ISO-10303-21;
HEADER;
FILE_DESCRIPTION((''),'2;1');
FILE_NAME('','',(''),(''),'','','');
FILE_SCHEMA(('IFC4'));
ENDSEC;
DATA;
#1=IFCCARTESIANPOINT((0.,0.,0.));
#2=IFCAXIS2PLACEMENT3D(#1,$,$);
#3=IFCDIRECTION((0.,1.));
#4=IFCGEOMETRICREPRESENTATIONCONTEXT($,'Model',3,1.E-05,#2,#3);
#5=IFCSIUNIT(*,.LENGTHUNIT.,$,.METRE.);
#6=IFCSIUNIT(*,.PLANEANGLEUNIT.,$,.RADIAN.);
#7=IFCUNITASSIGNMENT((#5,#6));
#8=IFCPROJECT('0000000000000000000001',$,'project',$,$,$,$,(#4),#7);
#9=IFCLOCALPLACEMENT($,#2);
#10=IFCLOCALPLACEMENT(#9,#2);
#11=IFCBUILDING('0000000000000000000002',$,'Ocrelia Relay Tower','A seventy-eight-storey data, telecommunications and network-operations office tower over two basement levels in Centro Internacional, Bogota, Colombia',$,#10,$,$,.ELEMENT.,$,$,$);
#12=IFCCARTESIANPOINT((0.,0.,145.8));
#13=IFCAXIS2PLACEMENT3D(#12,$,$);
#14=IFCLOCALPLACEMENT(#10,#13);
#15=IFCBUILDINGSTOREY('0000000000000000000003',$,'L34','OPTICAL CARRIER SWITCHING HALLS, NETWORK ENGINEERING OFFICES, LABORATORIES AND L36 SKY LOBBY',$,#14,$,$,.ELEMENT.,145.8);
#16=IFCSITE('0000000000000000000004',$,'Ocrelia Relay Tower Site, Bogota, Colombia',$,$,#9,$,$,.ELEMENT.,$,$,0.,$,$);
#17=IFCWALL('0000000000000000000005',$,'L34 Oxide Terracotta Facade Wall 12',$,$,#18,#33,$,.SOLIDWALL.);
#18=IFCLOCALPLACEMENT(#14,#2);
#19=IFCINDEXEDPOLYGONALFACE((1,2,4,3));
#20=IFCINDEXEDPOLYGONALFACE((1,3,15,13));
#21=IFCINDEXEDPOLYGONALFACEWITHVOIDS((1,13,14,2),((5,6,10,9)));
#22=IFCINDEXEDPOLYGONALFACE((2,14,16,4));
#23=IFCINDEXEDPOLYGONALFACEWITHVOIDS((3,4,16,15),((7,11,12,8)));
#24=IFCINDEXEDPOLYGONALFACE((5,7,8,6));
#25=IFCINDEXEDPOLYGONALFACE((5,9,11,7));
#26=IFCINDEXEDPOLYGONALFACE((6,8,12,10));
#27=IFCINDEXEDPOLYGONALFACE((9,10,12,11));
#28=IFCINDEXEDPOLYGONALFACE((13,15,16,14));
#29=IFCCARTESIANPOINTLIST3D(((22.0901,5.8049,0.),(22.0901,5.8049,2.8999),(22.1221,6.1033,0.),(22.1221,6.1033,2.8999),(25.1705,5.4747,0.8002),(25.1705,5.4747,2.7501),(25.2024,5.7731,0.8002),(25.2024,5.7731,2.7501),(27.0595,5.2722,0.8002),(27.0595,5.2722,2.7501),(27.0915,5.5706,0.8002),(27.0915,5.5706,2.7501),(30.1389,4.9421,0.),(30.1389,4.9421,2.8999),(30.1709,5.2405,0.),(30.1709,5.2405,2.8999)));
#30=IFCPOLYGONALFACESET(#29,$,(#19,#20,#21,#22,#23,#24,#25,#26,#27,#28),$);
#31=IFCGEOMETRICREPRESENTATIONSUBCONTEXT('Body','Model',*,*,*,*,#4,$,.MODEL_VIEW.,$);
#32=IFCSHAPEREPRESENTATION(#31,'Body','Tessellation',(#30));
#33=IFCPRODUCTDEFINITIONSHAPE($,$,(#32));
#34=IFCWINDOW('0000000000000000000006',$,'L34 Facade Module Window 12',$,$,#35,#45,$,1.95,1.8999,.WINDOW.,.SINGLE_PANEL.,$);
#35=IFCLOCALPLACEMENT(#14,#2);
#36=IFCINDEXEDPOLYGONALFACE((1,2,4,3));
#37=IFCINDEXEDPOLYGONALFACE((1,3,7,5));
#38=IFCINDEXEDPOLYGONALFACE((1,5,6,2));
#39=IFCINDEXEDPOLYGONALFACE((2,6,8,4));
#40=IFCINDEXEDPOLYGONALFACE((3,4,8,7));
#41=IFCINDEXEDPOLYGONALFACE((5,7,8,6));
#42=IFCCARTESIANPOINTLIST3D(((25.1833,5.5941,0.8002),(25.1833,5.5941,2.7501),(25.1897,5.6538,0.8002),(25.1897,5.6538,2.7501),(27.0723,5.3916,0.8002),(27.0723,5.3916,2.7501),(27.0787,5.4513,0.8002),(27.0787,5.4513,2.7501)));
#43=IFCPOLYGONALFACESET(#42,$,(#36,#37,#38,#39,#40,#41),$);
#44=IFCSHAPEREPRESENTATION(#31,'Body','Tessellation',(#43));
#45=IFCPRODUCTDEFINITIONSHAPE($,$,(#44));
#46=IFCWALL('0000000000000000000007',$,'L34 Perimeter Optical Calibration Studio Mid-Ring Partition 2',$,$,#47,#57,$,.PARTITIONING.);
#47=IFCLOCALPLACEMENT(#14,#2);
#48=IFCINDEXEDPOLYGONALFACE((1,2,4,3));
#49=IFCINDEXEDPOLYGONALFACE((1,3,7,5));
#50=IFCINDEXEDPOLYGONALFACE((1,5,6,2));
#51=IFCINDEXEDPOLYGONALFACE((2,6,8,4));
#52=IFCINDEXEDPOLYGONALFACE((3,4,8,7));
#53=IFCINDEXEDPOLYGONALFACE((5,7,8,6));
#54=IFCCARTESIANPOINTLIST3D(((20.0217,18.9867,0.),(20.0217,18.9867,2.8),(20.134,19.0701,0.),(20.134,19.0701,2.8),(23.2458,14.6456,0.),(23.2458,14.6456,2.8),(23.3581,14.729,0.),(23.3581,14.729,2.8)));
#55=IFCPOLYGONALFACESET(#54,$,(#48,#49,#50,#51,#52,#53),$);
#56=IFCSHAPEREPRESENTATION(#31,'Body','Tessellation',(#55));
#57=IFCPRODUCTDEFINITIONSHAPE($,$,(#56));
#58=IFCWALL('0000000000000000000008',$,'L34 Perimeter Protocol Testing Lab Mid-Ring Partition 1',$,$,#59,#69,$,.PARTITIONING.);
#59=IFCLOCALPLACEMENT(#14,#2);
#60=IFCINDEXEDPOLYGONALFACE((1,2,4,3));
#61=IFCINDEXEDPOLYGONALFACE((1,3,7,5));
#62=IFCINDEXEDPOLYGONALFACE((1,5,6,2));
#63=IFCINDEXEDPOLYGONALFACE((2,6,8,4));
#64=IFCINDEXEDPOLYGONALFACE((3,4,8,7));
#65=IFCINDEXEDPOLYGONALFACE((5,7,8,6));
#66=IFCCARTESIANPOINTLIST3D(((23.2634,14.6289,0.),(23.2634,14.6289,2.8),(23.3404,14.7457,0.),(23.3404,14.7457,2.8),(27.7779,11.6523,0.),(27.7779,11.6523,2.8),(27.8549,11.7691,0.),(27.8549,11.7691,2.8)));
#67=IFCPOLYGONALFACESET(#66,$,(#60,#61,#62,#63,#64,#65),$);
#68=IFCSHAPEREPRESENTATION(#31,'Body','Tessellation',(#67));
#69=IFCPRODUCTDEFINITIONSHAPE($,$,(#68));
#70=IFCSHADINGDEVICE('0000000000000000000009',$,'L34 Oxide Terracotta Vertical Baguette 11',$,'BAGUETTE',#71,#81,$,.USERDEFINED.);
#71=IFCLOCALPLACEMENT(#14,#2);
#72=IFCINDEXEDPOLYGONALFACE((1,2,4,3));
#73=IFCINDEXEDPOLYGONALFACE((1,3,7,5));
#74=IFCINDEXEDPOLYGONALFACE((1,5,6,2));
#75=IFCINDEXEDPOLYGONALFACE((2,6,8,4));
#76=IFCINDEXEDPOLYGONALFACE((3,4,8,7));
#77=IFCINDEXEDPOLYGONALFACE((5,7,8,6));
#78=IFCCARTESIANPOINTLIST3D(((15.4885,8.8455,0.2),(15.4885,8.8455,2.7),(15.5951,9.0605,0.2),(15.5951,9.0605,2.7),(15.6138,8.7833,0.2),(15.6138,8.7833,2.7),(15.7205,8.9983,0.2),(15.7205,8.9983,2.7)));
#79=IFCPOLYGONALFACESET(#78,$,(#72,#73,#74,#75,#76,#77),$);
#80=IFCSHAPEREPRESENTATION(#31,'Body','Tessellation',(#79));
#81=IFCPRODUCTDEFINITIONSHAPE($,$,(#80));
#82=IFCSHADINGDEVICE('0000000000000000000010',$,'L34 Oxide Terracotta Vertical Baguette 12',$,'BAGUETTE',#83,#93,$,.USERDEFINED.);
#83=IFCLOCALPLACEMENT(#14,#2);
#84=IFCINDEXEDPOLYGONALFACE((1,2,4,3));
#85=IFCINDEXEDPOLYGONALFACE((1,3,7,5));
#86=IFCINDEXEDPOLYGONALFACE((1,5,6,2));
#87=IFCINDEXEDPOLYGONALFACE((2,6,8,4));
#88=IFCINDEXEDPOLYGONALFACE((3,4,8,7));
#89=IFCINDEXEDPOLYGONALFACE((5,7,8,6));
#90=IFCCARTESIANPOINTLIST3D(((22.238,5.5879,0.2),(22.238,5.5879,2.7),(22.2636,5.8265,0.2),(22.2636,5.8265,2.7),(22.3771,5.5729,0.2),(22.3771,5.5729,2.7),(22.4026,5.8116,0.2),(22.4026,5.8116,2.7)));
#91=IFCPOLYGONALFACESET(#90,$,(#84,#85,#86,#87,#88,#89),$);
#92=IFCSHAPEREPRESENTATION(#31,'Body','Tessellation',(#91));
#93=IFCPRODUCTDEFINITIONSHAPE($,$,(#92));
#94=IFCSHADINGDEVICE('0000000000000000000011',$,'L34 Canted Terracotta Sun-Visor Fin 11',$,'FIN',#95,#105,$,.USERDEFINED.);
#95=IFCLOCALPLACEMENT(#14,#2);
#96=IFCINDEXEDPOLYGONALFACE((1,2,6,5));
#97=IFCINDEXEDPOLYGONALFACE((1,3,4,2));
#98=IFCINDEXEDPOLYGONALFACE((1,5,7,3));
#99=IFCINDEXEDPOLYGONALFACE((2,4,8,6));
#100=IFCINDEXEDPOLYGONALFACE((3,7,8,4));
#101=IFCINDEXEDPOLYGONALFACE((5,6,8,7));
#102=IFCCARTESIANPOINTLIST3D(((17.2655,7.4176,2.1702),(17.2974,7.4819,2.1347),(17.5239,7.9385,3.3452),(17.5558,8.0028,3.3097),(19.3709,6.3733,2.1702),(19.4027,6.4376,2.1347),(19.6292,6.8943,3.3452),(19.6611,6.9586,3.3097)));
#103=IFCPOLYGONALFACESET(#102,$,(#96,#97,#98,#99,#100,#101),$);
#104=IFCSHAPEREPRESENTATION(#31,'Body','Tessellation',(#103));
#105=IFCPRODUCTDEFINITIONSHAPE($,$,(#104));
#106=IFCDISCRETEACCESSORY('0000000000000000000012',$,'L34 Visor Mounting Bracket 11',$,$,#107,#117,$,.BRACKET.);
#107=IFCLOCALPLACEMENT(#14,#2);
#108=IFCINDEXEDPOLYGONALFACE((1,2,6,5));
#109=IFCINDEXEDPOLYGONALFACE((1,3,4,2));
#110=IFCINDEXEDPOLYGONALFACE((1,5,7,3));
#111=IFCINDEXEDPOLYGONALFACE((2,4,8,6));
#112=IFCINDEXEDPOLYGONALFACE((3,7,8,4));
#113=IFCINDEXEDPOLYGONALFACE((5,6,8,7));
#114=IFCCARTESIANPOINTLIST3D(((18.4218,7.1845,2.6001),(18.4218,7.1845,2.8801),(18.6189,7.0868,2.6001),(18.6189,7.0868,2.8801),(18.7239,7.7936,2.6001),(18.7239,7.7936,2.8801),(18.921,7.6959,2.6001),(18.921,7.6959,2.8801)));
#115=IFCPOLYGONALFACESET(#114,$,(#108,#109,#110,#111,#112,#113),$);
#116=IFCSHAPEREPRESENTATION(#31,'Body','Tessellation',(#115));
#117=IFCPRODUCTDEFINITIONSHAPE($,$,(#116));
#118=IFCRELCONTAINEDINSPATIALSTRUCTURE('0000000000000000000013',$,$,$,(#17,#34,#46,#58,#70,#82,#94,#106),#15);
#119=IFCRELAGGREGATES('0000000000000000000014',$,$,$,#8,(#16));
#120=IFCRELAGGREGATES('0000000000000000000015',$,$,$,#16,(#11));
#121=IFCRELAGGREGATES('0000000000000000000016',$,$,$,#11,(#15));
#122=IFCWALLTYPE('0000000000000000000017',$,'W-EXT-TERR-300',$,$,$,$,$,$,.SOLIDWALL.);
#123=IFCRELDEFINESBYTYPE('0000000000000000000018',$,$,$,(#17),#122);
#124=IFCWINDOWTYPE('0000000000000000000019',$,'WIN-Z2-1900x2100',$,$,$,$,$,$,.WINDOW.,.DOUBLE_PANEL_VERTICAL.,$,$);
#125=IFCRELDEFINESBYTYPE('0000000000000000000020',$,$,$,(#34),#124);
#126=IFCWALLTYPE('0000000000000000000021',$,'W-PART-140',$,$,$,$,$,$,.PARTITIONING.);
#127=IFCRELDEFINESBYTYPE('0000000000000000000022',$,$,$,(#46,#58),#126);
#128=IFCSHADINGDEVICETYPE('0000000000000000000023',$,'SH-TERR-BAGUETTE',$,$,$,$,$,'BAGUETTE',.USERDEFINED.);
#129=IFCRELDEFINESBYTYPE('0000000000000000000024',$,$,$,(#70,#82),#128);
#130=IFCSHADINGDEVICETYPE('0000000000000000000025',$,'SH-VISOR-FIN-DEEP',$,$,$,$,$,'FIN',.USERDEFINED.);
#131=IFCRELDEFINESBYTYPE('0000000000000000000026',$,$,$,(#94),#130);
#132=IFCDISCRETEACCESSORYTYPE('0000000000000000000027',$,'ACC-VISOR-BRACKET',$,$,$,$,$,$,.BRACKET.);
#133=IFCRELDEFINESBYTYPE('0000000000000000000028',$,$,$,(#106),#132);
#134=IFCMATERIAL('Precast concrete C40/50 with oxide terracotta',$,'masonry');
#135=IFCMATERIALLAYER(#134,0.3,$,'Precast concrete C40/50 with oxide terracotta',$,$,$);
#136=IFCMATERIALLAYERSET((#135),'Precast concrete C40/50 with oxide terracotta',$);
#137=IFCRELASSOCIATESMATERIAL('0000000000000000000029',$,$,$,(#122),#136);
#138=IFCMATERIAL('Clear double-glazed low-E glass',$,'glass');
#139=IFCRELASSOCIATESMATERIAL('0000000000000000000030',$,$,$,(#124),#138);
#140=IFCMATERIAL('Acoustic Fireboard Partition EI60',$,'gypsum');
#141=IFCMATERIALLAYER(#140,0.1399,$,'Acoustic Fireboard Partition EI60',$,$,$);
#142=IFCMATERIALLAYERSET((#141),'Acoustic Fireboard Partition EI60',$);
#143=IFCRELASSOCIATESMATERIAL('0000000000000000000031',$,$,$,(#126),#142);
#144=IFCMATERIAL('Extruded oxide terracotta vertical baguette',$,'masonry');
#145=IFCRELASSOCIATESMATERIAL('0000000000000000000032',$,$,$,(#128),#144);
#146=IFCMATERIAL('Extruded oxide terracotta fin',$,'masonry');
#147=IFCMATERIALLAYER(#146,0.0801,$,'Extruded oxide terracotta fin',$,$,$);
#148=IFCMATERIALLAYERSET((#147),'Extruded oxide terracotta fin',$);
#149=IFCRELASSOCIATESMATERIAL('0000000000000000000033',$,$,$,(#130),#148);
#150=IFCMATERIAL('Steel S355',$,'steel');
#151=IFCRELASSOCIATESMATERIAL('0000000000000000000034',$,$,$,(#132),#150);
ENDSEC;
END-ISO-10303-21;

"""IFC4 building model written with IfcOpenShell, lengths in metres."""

from ifc_helpers import new_model, si_unit, direction, frame, frame_2d, origin, origin_2d, place, context, subcontext, project, spatial, rectangle, extrude, material, layer, layer_set, type_object, element, fill, save


model = new_model("IFC4")

# Units and contexts
model_context = context("Model", 3, precision=1e-05, world=origin(), true_north=direction((0.0, 1.0)))
body_context = subcontext(model_context, "Body", "Model", "MODEL_VIEW")
ifc_project = project(units=[si_unit("LENGTHUNIT", "METRE"), si_unit("PLANEANGLEUNIT", "RADIAN")], contexts=[model_context])

# Site, building, storey
site_placement = place(None, origin())
site = spatial("IfcSite", under=ifc_project, at=site_placement, Name="Ocrelia Relay Tower Site, Bogota, Colombia", CompositionType="ELEMENT", RefElevation=0.0)
building_placement = place(site_placement, origin())
building = spatial("IfcBuilding", under=site, at=building_placement, Name="Ocrelia Relay Tower", Description="A seventy-eight-storey data, telecommunications and network-operations office tower over two basement levels in Centro Internacional, Bogota, Colombia", CompositionType="ELEMENT")
storey_placement = place(building_placement, frame((0.0, 0.0, 145.8)))
storey = spatial("IfcBuildingStorey", under=building, at=storey_placement, Name="L34", Description="OPTICAL CARRIER SWITCHING HALLS, NETWORK ENGINEERING OFFICES, LABORATORIES AND L36 SKY LOBBY", CompositionType="ELEMENT", Elevation=145.8)

# Shared definitions
ifc_material_1 = material(Name="Steel S355", Category="steel")

# Shared definitions
ifc_material_2 = material(Name="Clear double-glazed low-E glass", Category="glass")

# Wall, opening, window
ifc_material_3 = material(Name="Precast concrete C40/50 with oxide terracotta", Category="masonry")
ifc_layer_1 = layer(ifc_material_3, 0.3, Name="Precast concrete C40/50 with oxide terracotta")
ifc_layer_set_1 = layer_set([ifc_layer_1], Name="Precast concrete C40/50 with oxide terracotta")
wall_type_1 = type_object("IfcWallType", Name="W-EXT-TERR-300", PredefinedType="SOLIDWALL", material=ifc_layer_set_1)
window_type = type_object("IfcWindowType", Name="WIN-Z2-1900x2100", PartitioningType="DOUBLE_PANEL_VERTICAL", PredefinedType="WINDOW", material=ifc_material_2)
wall_1_placement = place(storey_placement, frame((22.1062, 5.9541, 0.0), z_axis=(0.0, 0.0, 1.0), x_axis=(0.994304, -0.106584, 0.0)))
wall_1 = element("IfcWall", 1, at=wall_1_placement, inside=storey, type_object=wall_type_1, Name="L34 Oxide Terracotta Facade Wall 12", PredefinedType="SOLIDWALL", context=body_context, shape_type="SweptSolid", body=[
    extrude(rectangle(XDim=8.095, YDim=0.3, at=frame_2d((4.0474, 0.0))), origin(), (0.0, 0.0, 1.0), 2.8999),
])
opening_1_placement = place(wall_1_placement, frame((3.0979, 0.0, 0.8)))
opening_1 = element("IfcOpeningElement", 2, at=opening_1_placement, cuts=wall_1, PredefinedType="OPENING", context=body_context, shape_type="SweptSolid", body=[
    extrude(rectangle(XDim=1.8999, YDim=1.95, at=frame_2d((0.95, 0.9751))), frame((0.0, 0.1602, 0.0), z_axis=(0.0, -1.0, 0.0), x_axis=(1.0, 0.0, 0.0)), (0.0, 0.0, 1.0), 0.3201),
])
window_1_placement = place(opening_1_placement, origin())
window_1 = element("IfcWindow", 3, at=window_1_placement, inside=storey, type_object=window_type, Name="L34 Facade Module Window 12", OverallHeight=1.95, OverallWidth=1.8999, PartitioningType="SINGLE_PANEL", PredefinedType="WINDOW", context=body_context, shape_type="SweptSolid", body=[
    extrude(rectangle(XDim=1.8999, YDim=1.95, at=frame_2d((0.95, 0.9751))), frame((0.0, 0.03, 0.0), z_axis=(0.0, -1.0, 0.0), x_axis=(1.0, 0.0, 0.0)), (0.0, 0.0, 1.0), 0.0601),
])
fill(opening_1, window_1)

# Walls
ifc_material_4 = material(Name="Acoustic Fireboard Partition EI60", Category="gypsum")
ifc_layer_2 = layer(ifc_material_4, 0.1399, Name="Acoustic Fireboard Partition EI60")
ifc_layer_set_2 = layer_set([ifc_layer_2], Name="Acoustic Fireboard Partition EI60")
wall_type_2 = type_object("IfcWallType", Name="W-PART-140", PredefinedType="PARTITIONING", material=ifc_layer_set_2)
for number, where, z_axis, x_axis, name in (
    (4, (20.0779, 19.0283, 0.0), (0.0, 0.0, 1.0), (0.596244, -0.802803, 0.0), "L34 Perimeter Optical Calibration Studio Mid-Ring Partition 2"),
    (5, (23.302, 14.6873, 0.0), (0.0, 0.0, 1.0), (0.83486, -0.550463, 0.0), "L34 Perimeter Protocol Testing Lab Mid-Ring Partition 1"),
):
    element("IfcWall", number, at=place(storey_placement, frame(where, z_axis=z_axis, x_axis=x_axis)), inside=storey, type_object=wall_type_2, Name=name, PredefinedType="PARTITIONING", context=body_context, shape_type="SweptSolid", body=[
        extrude(rectangle(XDim=5.4075, YDim=0.1399, at=frame_2d((2.7036, 0.0))), origin(), (0.0, 0.0, 1.0), 2.8),
    ])

# Shading devices
ifc_material_5 = material(Name="Extruded oxide terracotta vertical baguette", Category="masonry")
shading_device_type_1 = type_object("IfcShadingDeviceType", Name="SH-TERR-BAGUETTE", ElementType="BAGUETTE", PredefinedType="USERDEFINED", material=ifc_material_5)
for number, where, z_axis, x_axis, name in (
    (6, (15.6045, 8.9219, 0.2), (0.0, 0.0, 1.0), (0.895864, -0.444329, 0.0), "L34 Oxide Terracotta Vertical Baguette 11"),
    (7, (22.3203, 5.6997, 0.2), (0.0, 0.0, 1.0), (0.994304, -0.106583, 0.0), "L34 Oxide Terracotta Vertical Baguette 12"),
):
    element("IfcShadingDevice", number, at=place(storey_placement, frame(where, z_axis=z_axis, x_axis=x_axis)), inside=storey, type_object=shading_device_type_1, Name=name, ObjectType="BAGUETTE", PredefinedType="USERDEFINED", context=body_context, shape_type="SweptSolid", body=[
        extrude(rectangle(XDim=0.1399, YDim=0.24, at=origin_2d()), origin(), (0.0, 0.0, 1.0), 2.5),
    ])
ifc_material_6 = material(Name="Extruded oxide terracotta fin", Category="masonry")
ifc_layer_3 = layer(ifc_material_6, 0.0801, Name="Extruded oxide terracotta fin")
ifc_layer_set_3 = layer_set([ifc_layer_3], Name="Extruded oxide terracotta fin")
shading_device_type_2 = type_object("IfcShadingDeviceType", Name="SH-VISOR-FIN-DEEP", ElementType="FIN", PredefinedType="USERDEFINED", material=ifc_layer_set_3)
shading_device_placement = place(storey_placement, frame((18.4792, 7.2202, 2.7222), z_axis=(-0.398232, -0.802922, 0.443541), x_axis=(0.895864, -0.444329, 0.0)))
element("IfcShadingDevice", 8, at=shading_device_placement, inside=storey, type_object=shading_device_type_2, Name="L34 Canted Terracotta Sun-Visor Fin 11", ObjectType="FIN", PredefinedType="USERDEFINED", context=body_context, shape_type="SweptSolid", body=[
    extrude(rectangle(XDim=2.3501, YDim=1.311, at=origin_2d()), origin(), (0.0, 0.0, 1.0), 0.0801),
])

# Discrete accessory
discrete_accessory_type = type_object("IfcDiscreteAccessoryType", Name="ACC-VISOR-BRACKET", PredefinedType="BRACKET", material=ifc_material_1)
discrete_accessory_placement = place(storey_placement, frame((18.6714, 7.4402, 2.6001), z_axis=(0.0, 0.0, 1.0), x_axis=(0.895864, -0.444329, 0.0)))
element("IfcDiscreteAccessory", 9, at=discrete_accessory_placement, inside=storey, type_object=discrete_accessory_type, Name="L34 Visor Mounting Bracket 11", PredefinedType="BRACKET", context=body_context, shape_type="SweptSolid", body=[
    extrude(rectangle(XDim=0.22, YDim=0.6799, at=origin_2d()), origin(), (0.0, 0.0, 1.0), 0.28),
])

save(model, "model.ifc")
